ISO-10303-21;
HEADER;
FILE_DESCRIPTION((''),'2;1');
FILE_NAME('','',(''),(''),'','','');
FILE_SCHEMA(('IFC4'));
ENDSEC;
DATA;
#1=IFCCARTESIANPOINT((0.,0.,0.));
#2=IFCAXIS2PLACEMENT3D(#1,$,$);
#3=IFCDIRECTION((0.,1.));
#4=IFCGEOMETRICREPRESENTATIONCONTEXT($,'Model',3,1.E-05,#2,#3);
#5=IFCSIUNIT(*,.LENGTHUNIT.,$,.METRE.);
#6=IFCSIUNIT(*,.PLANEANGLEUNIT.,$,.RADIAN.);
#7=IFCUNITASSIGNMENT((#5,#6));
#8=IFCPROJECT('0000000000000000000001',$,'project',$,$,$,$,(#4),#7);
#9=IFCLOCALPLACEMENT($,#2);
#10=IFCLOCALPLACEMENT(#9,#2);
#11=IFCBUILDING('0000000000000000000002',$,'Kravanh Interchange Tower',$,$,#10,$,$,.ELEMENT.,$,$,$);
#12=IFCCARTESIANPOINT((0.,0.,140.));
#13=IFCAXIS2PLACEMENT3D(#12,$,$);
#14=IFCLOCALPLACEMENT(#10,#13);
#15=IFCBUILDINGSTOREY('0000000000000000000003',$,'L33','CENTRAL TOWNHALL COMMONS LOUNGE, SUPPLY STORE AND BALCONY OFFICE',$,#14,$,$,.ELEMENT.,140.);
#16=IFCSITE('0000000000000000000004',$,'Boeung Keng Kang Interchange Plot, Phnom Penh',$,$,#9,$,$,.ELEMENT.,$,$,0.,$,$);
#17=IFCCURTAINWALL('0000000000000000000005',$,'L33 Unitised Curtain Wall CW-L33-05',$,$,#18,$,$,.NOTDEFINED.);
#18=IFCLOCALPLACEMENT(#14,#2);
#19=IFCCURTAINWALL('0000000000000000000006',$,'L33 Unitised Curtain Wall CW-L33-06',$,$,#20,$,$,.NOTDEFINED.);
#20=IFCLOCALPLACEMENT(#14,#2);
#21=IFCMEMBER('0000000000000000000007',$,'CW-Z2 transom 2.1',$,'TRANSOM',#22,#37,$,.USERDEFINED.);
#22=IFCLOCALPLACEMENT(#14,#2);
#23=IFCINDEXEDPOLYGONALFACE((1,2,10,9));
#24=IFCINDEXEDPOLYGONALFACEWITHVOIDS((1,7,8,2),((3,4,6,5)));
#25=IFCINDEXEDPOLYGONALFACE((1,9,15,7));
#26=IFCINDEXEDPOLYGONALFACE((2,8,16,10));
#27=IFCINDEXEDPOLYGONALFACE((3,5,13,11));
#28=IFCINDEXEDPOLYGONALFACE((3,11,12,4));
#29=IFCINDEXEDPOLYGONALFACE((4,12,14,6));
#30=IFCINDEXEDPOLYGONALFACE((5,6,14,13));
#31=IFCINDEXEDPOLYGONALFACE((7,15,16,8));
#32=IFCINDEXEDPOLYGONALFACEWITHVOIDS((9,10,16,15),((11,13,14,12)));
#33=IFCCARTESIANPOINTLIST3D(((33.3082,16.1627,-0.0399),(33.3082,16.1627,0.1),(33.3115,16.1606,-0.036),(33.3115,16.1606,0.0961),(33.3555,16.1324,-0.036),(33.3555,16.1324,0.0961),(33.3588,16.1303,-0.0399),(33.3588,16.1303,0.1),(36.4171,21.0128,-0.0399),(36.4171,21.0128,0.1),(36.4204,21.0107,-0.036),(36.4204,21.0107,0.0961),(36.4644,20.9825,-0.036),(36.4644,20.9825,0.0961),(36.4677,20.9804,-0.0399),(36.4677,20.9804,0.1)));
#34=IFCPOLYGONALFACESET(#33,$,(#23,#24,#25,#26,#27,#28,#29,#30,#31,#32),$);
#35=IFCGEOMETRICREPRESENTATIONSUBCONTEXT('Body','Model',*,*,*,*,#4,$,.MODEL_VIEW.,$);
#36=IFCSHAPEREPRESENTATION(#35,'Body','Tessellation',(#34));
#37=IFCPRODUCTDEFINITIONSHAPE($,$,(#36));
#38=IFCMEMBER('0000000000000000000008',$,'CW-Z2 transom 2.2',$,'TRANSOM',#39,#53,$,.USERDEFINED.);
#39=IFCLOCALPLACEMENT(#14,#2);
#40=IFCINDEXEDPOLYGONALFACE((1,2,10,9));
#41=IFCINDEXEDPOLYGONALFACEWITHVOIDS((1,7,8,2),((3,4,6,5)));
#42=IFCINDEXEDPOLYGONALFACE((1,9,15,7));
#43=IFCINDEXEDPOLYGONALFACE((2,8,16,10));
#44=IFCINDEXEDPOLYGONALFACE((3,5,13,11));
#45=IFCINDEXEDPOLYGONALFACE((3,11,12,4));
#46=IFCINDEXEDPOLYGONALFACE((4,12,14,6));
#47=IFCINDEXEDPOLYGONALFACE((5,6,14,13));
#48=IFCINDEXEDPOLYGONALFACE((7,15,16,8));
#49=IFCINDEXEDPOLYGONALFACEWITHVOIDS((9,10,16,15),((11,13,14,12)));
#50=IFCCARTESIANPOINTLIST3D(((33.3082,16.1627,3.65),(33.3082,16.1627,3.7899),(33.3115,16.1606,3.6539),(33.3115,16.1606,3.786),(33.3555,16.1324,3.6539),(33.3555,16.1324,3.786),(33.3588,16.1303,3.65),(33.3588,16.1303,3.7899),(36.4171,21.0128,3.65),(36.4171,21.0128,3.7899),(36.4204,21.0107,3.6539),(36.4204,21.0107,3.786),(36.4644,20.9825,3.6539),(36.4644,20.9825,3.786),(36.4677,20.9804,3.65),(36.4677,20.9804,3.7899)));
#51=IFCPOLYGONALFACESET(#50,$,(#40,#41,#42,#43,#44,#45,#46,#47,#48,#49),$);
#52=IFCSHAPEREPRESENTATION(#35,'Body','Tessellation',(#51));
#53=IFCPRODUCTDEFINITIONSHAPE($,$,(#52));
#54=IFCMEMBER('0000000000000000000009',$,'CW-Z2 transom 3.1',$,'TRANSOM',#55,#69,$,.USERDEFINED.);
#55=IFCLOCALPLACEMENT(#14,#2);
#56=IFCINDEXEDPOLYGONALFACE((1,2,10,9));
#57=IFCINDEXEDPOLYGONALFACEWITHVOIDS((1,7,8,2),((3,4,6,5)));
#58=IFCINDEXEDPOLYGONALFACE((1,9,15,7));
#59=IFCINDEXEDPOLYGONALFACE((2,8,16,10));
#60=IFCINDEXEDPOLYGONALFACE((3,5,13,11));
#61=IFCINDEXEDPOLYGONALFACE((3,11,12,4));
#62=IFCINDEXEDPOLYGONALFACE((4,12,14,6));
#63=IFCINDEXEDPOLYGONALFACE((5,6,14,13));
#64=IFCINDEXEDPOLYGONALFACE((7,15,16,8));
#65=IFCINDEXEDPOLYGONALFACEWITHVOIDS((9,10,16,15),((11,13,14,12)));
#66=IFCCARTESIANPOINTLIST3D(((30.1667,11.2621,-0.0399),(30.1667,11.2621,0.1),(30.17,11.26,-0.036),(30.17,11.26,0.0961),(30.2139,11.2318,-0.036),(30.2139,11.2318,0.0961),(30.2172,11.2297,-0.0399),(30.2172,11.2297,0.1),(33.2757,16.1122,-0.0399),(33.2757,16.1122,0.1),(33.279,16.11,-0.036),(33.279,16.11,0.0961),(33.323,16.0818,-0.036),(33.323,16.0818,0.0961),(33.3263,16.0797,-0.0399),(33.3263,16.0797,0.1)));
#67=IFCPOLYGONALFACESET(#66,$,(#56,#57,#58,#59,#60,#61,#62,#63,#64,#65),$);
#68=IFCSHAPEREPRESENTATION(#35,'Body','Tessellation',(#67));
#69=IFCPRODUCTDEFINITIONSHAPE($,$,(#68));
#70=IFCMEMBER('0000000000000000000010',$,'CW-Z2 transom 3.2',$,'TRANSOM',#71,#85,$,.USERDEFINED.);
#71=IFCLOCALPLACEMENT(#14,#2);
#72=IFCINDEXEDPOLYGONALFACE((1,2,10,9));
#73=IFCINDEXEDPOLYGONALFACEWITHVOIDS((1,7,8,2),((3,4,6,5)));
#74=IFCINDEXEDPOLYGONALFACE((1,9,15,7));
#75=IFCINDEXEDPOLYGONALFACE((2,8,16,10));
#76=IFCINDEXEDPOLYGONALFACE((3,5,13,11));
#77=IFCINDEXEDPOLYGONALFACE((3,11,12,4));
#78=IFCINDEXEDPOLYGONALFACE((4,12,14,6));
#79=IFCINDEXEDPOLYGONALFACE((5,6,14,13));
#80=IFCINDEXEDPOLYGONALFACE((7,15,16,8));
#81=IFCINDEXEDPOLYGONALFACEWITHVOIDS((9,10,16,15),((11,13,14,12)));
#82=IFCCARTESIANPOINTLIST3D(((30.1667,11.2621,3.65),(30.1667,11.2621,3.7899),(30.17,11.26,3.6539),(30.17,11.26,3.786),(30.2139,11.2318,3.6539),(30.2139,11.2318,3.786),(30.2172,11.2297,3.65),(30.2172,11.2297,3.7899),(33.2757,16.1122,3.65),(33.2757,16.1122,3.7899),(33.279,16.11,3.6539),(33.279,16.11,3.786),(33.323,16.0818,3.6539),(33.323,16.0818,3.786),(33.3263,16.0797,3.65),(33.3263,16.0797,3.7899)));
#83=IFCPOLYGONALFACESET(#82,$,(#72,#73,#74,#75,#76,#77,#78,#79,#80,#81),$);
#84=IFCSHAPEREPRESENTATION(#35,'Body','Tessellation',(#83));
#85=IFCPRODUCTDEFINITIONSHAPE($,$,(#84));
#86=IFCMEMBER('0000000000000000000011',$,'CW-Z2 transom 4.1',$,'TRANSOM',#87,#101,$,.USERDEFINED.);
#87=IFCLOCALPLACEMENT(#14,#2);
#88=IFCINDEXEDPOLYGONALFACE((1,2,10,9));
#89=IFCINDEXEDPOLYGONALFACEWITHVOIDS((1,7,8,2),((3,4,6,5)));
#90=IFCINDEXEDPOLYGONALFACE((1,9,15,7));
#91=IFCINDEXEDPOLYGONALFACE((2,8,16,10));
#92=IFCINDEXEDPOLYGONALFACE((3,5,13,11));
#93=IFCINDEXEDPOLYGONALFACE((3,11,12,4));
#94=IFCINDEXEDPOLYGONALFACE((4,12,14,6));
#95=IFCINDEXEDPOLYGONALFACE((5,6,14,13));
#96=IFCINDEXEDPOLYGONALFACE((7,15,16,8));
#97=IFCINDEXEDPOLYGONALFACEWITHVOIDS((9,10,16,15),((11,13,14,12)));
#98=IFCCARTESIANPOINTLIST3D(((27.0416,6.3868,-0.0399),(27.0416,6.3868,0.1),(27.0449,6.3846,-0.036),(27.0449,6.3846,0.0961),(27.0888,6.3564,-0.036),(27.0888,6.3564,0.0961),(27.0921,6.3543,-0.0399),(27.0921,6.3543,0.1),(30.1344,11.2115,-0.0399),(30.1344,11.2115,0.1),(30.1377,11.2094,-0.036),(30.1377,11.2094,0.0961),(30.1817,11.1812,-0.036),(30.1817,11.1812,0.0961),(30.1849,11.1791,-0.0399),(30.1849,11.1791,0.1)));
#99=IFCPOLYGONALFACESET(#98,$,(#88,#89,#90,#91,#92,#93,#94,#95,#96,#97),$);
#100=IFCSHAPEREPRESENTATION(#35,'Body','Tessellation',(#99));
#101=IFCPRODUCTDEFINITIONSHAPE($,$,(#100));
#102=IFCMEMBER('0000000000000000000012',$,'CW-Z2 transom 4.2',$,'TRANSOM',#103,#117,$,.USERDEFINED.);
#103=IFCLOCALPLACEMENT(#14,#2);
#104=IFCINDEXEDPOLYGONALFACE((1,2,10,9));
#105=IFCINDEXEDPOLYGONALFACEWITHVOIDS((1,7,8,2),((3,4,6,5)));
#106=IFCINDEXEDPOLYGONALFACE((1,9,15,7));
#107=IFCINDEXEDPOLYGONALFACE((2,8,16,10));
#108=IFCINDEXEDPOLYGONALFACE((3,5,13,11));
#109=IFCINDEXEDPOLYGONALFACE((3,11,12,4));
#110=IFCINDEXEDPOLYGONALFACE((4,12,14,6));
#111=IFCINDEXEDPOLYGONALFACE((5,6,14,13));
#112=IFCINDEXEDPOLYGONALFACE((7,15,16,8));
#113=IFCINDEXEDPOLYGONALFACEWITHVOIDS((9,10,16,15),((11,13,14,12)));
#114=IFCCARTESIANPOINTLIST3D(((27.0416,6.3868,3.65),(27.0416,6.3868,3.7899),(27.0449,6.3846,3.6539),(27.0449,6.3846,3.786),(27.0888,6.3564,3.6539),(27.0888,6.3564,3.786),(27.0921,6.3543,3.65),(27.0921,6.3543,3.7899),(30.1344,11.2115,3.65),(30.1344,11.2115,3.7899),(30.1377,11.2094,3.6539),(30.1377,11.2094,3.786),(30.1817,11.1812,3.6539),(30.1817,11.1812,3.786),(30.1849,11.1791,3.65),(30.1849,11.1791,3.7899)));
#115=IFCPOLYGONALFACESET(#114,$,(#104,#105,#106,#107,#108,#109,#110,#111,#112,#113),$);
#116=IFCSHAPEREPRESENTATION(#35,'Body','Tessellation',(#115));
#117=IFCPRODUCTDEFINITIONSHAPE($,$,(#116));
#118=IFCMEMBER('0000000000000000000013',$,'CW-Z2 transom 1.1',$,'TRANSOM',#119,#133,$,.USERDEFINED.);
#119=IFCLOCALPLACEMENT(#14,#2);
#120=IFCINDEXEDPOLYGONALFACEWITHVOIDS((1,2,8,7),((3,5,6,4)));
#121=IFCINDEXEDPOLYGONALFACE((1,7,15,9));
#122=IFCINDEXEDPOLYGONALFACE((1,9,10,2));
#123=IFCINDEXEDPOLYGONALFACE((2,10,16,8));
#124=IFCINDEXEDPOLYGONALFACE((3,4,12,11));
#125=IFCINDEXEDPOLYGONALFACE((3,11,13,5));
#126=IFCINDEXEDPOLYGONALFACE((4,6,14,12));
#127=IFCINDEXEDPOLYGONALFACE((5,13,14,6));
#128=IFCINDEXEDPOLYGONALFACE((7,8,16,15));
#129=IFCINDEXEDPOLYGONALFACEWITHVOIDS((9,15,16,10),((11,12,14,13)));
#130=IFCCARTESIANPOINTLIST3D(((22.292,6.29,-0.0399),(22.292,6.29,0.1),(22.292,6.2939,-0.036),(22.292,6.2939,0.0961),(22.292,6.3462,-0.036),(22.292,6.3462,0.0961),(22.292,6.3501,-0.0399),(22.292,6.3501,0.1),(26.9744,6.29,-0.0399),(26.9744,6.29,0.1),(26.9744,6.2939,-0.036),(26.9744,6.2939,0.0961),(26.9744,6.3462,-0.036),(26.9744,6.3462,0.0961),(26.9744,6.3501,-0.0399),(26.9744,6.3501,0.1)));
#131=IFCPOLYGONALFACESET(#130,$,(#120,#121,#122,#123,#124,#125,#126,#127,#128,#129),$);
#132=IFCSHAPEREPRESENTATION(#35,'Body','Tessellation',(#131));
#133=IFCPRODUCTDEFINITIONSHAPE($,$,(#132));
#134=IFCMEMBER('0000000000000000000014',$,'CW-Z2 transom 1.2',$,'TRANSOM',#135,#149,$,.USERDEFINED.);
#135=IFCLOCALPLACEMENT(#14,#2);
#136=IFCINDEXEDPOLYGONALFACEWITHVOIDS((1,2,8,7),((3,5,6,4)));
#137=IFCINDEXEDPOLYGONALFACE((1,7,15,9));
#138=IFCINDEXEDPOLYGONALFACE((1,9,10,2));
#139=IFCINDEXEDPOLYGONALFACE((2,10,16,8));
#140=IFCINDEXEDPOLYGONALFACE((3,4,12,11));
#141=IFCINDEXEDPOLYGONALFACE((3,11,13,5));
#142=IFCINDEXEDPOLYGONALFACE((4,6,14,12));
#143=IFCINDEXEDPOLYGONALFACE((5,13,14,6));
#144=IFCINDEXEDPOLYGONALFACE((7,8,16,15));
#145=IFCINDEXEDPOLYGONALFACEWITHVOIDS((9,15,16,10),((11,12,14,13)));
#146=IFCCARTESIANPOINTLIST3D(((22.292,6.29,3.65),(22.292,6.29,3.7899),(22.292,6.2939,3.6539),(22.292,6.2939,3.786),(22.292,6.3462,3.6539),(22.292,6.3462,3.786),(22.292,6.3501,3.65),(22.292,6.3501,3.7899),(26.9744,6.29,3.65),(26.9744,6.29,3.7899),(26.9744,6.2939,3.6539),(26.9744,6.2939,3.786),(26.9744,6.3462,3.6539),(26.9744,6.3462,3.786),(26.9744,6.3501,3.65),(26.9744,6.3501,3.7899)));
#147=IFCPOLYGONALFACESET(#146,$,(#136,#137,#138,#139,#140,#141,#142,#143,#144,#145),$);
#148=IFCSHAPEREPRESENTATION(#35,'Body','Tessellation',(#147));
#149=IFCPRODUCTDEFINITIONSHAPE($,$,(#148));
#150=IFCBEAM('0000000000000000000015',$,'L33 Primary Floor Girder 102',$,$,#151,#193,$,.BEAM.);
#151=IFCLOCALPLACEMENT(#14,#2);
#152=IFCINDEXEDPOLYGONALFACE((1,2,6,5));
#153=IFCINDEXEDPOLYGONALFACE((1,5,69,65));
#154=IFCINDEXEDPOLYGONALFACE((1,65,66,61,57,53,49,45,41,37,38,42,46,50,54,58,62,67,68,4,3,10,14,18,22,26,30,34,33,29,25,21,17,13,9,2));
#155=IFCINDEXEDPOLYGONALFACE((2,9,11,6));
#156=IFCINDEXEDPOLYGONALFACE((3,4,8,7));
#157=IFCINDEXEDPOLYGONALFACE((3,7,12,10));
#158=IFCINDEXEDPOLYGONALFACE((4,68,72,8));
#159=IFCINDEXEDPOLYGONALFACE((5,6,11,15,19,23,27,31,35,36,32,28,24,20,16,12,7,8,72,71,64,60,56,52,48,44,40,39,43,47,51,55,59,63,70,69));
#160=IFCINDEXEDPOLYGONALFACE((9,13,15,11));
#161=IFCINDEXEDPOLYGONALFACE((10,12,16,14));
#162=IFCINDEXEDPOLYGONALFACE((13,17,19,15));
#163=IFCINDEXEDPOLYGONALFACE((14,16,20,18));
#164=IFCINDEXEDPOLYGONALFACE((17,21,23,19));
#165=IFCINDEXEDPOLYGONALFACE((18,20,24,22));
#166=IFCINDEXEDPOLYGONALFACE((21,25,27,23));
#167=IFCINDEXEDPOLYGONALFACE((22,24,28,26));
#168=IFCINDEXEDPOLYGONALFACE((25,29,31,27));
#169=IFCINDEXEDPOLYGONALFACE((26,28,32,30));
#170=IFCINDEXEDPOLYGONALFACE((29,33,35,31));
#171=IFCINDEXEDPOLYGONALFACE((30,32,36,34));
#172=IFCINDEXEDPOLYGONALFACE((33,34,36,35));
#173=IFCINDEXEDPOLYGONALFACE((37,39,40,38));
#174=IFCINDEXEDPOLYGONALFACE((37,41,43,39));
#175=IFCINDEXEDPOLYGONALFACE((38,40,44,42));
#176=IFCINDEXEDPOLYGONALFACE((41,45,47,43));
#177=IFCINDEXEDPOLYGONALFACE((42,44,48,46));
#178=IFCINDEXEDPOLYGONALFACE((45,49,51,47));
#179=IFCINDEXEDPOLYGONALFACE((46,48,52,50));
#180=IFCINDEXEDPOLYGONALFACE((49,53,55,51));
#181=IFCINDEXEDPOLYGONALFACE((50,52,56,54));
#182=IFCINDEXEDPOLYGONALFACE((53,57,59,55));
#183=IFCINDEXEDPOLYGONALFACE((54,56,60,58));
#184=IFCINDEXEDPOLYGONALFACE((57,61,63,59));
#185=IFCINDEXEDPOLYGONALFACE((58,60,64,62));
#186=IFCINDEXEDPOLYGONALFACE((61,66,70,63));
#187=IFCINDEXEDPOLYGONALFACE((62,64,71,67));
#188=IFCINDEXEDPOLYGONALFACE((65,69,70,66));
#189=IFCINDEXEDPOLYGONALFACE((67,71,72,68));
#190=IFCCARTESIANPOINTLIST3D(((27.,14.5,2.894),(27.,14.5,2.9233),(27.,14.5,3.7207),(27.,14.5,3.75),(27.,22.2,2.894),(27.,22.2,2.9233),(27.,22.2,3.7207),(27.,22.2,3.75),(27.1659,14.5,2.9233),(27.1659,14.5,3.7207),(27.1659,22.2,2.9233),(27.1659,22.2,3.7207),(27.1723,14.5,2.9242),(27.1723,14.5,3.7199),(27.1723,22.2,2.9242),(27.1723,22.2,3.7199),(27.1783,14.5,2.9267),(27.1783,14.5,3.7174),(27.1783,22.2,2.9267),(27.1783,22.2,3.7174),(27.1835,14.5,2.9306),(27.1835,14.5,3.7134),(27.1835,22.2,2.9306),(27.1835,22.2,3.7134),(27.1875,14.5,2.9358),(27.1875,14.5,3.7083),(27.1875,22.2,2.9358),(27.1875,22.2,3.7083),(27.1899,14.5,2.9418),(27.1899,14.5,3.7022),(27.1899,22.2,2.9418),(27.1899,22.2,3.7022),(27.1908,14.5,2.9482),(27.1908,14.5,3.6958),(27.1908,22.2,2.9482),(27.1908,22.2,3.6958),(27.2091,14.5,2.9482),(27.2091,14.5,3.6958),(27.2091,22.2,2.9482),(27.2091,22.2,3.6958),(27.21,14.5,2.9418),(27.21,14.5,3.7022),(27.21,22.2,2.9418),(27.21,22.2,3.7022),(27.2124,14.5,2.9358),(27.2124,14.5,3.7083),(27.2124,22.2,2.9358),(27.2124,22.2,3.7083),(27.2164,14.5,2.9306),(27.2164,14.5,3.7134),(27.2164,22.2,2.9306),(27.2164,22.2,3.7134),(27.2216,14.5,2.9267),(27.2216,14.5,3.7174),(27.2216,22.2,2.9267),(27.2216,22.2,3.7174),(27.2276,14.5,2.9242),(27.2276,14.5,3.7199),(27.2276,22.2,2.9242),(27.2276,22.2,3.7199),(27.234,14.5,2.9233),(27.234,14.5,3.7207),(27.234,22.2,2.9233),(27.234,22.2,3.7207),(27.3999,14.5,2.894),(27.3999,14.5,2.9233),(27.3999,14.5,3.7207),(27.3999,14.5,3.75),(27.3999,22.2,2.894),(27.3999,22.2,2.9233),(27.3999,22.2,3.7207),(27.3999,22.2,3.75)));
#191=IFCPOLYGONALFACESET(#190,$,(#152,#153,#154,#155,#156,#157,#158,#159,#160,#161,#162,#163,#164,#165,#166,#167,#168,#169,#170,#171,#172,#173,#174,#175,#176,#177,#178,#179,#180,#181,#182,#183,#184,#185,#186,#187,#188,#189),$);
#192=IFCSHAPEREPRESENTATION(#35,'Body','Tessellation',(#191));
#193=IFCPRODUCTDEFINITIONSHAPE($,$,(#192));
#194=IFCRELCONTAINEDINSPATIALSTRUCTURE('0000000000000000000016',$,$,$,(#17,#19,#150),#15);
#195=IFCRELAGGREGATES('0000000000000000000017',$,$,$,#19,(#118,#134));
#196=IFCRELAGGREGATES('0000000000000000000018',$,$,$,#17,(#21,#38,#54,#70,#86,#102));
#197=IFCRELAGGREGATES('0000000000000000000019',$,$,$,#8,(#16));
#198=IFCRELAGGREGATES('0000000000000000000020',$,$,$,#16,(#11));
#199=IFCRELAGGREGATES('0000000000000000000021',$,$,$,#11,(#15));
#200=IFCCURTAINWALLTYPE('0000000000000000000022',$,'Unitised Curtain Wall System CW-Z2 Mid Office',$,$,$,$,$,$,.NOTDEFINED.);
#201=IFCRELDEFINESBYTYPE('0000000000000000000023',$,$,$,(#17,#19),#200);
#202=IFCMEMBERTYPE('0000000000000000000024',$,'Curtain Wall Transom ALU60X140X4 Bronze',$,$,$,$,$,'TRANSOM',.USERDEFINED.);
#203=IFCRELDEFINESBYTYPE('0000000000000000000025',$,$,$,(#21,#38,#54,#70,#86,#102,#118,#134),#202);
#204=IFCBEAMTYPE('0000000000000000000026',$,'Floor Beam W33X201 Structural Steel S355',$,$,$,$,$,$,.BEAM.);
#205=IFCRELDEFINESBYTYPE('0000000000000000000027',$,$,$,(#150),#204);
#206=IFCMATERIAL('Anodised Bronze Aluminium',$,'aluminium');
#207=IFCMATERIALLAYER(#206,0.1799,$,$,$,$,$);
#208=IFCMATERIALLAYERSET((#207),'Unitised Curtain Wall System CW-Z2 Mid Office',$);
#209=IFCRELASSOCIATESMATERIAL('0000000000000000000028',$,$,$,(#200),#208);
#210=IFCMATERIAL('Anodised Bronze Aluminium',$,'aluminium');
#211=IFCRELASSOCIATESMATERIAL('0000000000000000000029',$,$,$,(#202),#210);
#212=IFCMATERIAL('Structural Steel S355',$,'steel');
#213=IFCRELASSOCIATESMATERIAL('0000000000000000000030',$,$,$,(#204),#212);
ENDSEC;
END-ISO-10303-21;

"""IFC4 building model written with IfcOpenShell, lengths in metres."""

from ifc_helpers import new_model, si_unit, direction, frame, origin, origin_2d, place, context, subcontext, project, spatial, hollow_rectangle, i_section, extrude, material, layer, layer_set, material_profile, profile_set, type_object, element, aggregate, save


model = new_model("IFC4")

# Units and contexts
model_context = context("Model", 3, precision=1e-05, world=origin(), true_north=direction((0.0, 1.0)))
body_context = subcontext(model_context, "Body", "Model", "MODEL_VIEW")
ifc_project = project(units=[si_unit("LENGTHUNIT", "METRE"), si_unit("PLANEANGLEUNIT", "RADIAN")], contexts=[model_context])

# Site, building, storey
site_placement = place(None, origin())
site = spatial("IfcSite", under=ifc_project, at=site_placement, Name="Boeung Keng Kang Interchange Plot, Phnom Penh", CompositionType="ELEMENT", RefElevation=0.0)
building_placement = place(site_placement, origin())
building = spatial("IfcBuilding", under=site, at=building_placement, Name="Kravanh Interchange Tower", CompositionType="ELEMENT")
storey_placement = place(building_placement, frame((0.0, 0.0, 140.0)))
storey = spatial("IfcBuildingStorey", under=building, at=storey_placement, Name="L33", Description="CENTRAL TOWNHALL COMMONS LOUNGE, SUPPLY STORE AND BALCONY OFFICE", CompositionType="ELEMENT", Elevation=140.0)

# Curtain wall
ifc_material_1 = material(Name="Anodised Bronze Aluminium", Category="aluminium")
ifc_layer_1 = layer(ifc_material_1, 0.1799)
ifc_layer_set_1 = layer_set([ifc_layer_1], Name="Unitised Curtain Wall System CW-Z2 Mid Office")
curtain_wall_type = type_object("IfcCurtainWallType", Name="Unitised Curtain Wall System CW-Z2 Mid Office", PredefinedType="NOTDEFINED", material=ifc_layer_set_1)
curtain_wall_1_placement = place(storey_placement, origin())
curtain_wall_1 = element("IfcCurtainWall", 1, at=curtain_wall_1_placement, inside=storey, type_object=curtain_wall_type, Name="L33 Unitised Curtain Wall CW-L33-05", PredefinedType="NOTDEFINED")

# Curtain wall
curtain_wall_2_placement = place(storey_placement, origin())
curtain_wall_2 = element("IfcCurtainWall", 2, at=curtain_wall_2_placement, inside=storey, type_object=curtain_wall_type, Name="L33 Unitised Curtain Wall CW-L33-06", PredefinedType="NOTDEFINED")

# Members
ifc_material_2 = material(Name="Anodised Bronze Aluminium", Category="aluminium")
ifc_material_profile_1 = material_profile(ifc_material_2, hollow_rectangle(XDim=0.0601, YDim=0.1399, WallThickness=0.0039, at=origin_2d()), Name="ALU60X140X4")
ifc_profile_set_1 = profile_set([ifc_material_profile_1], Name="Anodised Bronze Aluminium")
member_type_1 = type_object("IfcMemberType", Name="Curtain Wall Transom ALU60X140X4 Bronze", ElementType="TRANSOM", PredefinedType="USERDEFINED", material=ifc_profile_set_1)
member_1_placement = place(storey_placement, frame((36.4424, 20.9966, 0.03), z_axis=(-0.539648, -0.841891, 0.0), x_axis=(0.841891, -0.539648, 0.0)))
member_1 = element("IfcMember", 3, at=member_1_placement, type_object=member_type_1, Name="CW-Z2 transom 2.1", ObjectType="TRANSOM", PredefinedType="USERDEFINED", context=body_context, shape_type="SweptSolid", body=[
    extrude(hollow_rectangle(XDim=0.0601, YDim=0.1399, WallThickness=0.0039, at=origin_2d()), origin(), (0.0, 0.0, 1.0), 5.761),
])
member_2_placement = place(storey_placement, frame((36.4424, 20.9966, 3.72), z_axis=(-0.539648, -0.841891, 0.0), x_axis=(0.841891, -0.539648, 0.0)))
member_2 = element("IfcMember", 4, at=member_2_placement, type_object=member_type_1, Name="CW-Z2 transom 2.2", ObjectType="TRANSOM", PredefinedType="USERDEFINED", context=body_context, shape_type="SweptSolid", body=[
    extrude(hollow_rectangle(XDim=0.0601, YDim=0.1399, WallThickness=0.0039, at=origin_2d()), origin(), (0.0, 0.0, 1.0), 5.761),
])
member_3_placement = place(storey_placement, frame((33.301, 16.0959, 0.03), z_axis=(-0.539678, -0.841872, 0.0), x_axis=(0.841872, -0.539678, 0.0)))
member_3 = element("IfcMember", 5, at=member_3_placement, type_object=member_type_1, Name="CW-Z2 transom 3.1", ObjectType="TRANSOM", PredefinedType="USERDEFINED", context=body_context, shape_type="SweptSolid", body=[
    extrude(hollow_rectangle(XDim=0.0601, YDim=0.1399, WallThickness=0.0039, at=origin_2d()), origin(), (0.0, 0.0, 1.0), 5.761),
])
member_4_placement = place(storey_placement, frame((33.301, 16.0959, 3.72), z_axis=(-0.539678, -0.841872, 0.0), x_axis=(0.841872, -0.539678, 0.0)))
member_4 = element("IfcMember", 6, at=member_4_placement, type_object=member_type_1, Name="CW-Z2 transom 3.2", ObjectType="TRANSOM", PredefinedType="USERDEFINED", context=body_context, shape_type="SweptSolid", body=[
    extrude(hollow_rectangle(XDim=0.0601, YDim=0.1399, WallThickness=0.0039, at=origin_2d()), origin(), (0.0, 0.0, 1.0), 5.761),
])
member_5_placement = place(storey_placement, frame((30.1597, 11.1953, 0.03), z_axis=(-0.539668, -0.841878, 0.0), x_axis=(0.841878, -0.539668, 0.0)))
member_5 = element("IfcMember", 7, at=member_5_placement, type_object=member_type_1, Name="CW-Z2 transom 4.1", ObjectType="TRANSOM", PredefinedType="USERDEFINED", context=body_context, shape_type="SweptSolid", body=[
    extrude(hollow_rectangle(XDim=0.0601, YDim=0.1399, WallThickness=0.0039, at=origin_2d()), origin(), (0.0, 0.0, 1.0), 5.731),
])
member_6_placement = place(storey_placement, frame((30.1597, 11.1953, 3.72), z_axis=(-0.539668, -0.841878, 0.0), x_axis=(0.841878, -0.539668, 0.0)))
member_6 = element("IfcMember", 8, at=member_6_placement, type_object=member_type_1, Name="CW-Z2 transom 4.2", ObjectType="TRANSOM", PredefinedType="USERDEFINED", context=body_context, shape_type="SweptSolid", body=[
    extrude(hollow_rectangle(XDim=0.0601, YDim=0.1399, WallThickness=0.0039, at=origin_2d()), origin(), (0.0, 0.0, 1.0), 5.731),
])
member_7_placement = place(storey_placement, frame((26.9744, 6.3201, 0.03), z_axis=(-1.0, 0.0, 0.0), x_axis=(0.0, -1.0, 0.0)))
member_7 = element("IfcMember", 9, at=member_7_placement, type_object=member_type_1, Name="CW-Z2 transom 1.1", ObjectType="TRANSOM", PredefinedType="USERDEFINED", context=body_context, shape_type="SweptSolid", body=[
    extrude(hollow_rectangle(XDim=0.0601, YDim=0.1399, WallThickness=0.0039, at=origin_2d()), origin(), (0.0, 0.0, 1.0), 4.6824),
])
member_8_placement = place(storey_placement, frame((26.9744, 6.3201, 3.72), z_axis=(-1.0, 0.0, 0.0), x_axis=(0.0, -1.0, 0.0)))
member_8 = element("IfcMember", 10, at=member_8_placement, type_object=member_type_1, Name="CW-Z2 transom 1.2", ObjectType="TRANSOM", PredefinedType="USERDEFINED", context=body_context, shape_type="SweptSolid", body=[
    extrude(hollow_rectangle(XDim=0.0601, YDim=0.1399, WallThickness=0.0039, at=origin_2d()), origin(), (0.0, 0.0, 1.0), 4.6824),
])
aggregate(curtain_wall_2, [member_7, member_8])

# Beam
ifc_material_3 = material(Name="Structural Steel S355", Category="steel")
ifc_material_profile_2 = material_profile(ifc_material_3, i_section(OverallWidth=0.3999, OverallDepth=0.856, WebThickness=0.0183, FlangeThickness=0.0293, FilletRadius=0.0249, at=origin_2d()), Name="W33X201")
ifc_profile_set_2 = profile_set([ifc_material_profile_2], Name="Structural Steel S355")
beam_type = type_object("IfcBeamType", Name="Floor Beam W33X201 Structural Steel S355", PredefinedType="BEAM", material=ifc_profile_set_2)
beam_placement = place(storey_placement, frame((27.2, 14.5, 3.322), z_axis=(0.0, 1.0, 0.0), x_axis=(-1.0, 0.0, 0.0)))
element("IfcBeam", 11, at=beam_placement, inside=storey, type_object=beam_type, Name="L33 Primary Floor Girder 102", PredefinedType="BEAM", context=body_context, shape_type="SweptSolid", body=[
    extrude(i_section(OverallWidth=0.3999, OverallDepth=0.856, WebThickness=0.0183, FlangeThickness=0.0293, FilletRadius=0.0249, at=origin_2d()), origin(), (0.0, 0.0, 1.0), 7.7),
])

aggregate(curtain_wall_1, [member_1, member_2, member_3, member_4, member_5, member_6])

save(model, "model.ifc")
